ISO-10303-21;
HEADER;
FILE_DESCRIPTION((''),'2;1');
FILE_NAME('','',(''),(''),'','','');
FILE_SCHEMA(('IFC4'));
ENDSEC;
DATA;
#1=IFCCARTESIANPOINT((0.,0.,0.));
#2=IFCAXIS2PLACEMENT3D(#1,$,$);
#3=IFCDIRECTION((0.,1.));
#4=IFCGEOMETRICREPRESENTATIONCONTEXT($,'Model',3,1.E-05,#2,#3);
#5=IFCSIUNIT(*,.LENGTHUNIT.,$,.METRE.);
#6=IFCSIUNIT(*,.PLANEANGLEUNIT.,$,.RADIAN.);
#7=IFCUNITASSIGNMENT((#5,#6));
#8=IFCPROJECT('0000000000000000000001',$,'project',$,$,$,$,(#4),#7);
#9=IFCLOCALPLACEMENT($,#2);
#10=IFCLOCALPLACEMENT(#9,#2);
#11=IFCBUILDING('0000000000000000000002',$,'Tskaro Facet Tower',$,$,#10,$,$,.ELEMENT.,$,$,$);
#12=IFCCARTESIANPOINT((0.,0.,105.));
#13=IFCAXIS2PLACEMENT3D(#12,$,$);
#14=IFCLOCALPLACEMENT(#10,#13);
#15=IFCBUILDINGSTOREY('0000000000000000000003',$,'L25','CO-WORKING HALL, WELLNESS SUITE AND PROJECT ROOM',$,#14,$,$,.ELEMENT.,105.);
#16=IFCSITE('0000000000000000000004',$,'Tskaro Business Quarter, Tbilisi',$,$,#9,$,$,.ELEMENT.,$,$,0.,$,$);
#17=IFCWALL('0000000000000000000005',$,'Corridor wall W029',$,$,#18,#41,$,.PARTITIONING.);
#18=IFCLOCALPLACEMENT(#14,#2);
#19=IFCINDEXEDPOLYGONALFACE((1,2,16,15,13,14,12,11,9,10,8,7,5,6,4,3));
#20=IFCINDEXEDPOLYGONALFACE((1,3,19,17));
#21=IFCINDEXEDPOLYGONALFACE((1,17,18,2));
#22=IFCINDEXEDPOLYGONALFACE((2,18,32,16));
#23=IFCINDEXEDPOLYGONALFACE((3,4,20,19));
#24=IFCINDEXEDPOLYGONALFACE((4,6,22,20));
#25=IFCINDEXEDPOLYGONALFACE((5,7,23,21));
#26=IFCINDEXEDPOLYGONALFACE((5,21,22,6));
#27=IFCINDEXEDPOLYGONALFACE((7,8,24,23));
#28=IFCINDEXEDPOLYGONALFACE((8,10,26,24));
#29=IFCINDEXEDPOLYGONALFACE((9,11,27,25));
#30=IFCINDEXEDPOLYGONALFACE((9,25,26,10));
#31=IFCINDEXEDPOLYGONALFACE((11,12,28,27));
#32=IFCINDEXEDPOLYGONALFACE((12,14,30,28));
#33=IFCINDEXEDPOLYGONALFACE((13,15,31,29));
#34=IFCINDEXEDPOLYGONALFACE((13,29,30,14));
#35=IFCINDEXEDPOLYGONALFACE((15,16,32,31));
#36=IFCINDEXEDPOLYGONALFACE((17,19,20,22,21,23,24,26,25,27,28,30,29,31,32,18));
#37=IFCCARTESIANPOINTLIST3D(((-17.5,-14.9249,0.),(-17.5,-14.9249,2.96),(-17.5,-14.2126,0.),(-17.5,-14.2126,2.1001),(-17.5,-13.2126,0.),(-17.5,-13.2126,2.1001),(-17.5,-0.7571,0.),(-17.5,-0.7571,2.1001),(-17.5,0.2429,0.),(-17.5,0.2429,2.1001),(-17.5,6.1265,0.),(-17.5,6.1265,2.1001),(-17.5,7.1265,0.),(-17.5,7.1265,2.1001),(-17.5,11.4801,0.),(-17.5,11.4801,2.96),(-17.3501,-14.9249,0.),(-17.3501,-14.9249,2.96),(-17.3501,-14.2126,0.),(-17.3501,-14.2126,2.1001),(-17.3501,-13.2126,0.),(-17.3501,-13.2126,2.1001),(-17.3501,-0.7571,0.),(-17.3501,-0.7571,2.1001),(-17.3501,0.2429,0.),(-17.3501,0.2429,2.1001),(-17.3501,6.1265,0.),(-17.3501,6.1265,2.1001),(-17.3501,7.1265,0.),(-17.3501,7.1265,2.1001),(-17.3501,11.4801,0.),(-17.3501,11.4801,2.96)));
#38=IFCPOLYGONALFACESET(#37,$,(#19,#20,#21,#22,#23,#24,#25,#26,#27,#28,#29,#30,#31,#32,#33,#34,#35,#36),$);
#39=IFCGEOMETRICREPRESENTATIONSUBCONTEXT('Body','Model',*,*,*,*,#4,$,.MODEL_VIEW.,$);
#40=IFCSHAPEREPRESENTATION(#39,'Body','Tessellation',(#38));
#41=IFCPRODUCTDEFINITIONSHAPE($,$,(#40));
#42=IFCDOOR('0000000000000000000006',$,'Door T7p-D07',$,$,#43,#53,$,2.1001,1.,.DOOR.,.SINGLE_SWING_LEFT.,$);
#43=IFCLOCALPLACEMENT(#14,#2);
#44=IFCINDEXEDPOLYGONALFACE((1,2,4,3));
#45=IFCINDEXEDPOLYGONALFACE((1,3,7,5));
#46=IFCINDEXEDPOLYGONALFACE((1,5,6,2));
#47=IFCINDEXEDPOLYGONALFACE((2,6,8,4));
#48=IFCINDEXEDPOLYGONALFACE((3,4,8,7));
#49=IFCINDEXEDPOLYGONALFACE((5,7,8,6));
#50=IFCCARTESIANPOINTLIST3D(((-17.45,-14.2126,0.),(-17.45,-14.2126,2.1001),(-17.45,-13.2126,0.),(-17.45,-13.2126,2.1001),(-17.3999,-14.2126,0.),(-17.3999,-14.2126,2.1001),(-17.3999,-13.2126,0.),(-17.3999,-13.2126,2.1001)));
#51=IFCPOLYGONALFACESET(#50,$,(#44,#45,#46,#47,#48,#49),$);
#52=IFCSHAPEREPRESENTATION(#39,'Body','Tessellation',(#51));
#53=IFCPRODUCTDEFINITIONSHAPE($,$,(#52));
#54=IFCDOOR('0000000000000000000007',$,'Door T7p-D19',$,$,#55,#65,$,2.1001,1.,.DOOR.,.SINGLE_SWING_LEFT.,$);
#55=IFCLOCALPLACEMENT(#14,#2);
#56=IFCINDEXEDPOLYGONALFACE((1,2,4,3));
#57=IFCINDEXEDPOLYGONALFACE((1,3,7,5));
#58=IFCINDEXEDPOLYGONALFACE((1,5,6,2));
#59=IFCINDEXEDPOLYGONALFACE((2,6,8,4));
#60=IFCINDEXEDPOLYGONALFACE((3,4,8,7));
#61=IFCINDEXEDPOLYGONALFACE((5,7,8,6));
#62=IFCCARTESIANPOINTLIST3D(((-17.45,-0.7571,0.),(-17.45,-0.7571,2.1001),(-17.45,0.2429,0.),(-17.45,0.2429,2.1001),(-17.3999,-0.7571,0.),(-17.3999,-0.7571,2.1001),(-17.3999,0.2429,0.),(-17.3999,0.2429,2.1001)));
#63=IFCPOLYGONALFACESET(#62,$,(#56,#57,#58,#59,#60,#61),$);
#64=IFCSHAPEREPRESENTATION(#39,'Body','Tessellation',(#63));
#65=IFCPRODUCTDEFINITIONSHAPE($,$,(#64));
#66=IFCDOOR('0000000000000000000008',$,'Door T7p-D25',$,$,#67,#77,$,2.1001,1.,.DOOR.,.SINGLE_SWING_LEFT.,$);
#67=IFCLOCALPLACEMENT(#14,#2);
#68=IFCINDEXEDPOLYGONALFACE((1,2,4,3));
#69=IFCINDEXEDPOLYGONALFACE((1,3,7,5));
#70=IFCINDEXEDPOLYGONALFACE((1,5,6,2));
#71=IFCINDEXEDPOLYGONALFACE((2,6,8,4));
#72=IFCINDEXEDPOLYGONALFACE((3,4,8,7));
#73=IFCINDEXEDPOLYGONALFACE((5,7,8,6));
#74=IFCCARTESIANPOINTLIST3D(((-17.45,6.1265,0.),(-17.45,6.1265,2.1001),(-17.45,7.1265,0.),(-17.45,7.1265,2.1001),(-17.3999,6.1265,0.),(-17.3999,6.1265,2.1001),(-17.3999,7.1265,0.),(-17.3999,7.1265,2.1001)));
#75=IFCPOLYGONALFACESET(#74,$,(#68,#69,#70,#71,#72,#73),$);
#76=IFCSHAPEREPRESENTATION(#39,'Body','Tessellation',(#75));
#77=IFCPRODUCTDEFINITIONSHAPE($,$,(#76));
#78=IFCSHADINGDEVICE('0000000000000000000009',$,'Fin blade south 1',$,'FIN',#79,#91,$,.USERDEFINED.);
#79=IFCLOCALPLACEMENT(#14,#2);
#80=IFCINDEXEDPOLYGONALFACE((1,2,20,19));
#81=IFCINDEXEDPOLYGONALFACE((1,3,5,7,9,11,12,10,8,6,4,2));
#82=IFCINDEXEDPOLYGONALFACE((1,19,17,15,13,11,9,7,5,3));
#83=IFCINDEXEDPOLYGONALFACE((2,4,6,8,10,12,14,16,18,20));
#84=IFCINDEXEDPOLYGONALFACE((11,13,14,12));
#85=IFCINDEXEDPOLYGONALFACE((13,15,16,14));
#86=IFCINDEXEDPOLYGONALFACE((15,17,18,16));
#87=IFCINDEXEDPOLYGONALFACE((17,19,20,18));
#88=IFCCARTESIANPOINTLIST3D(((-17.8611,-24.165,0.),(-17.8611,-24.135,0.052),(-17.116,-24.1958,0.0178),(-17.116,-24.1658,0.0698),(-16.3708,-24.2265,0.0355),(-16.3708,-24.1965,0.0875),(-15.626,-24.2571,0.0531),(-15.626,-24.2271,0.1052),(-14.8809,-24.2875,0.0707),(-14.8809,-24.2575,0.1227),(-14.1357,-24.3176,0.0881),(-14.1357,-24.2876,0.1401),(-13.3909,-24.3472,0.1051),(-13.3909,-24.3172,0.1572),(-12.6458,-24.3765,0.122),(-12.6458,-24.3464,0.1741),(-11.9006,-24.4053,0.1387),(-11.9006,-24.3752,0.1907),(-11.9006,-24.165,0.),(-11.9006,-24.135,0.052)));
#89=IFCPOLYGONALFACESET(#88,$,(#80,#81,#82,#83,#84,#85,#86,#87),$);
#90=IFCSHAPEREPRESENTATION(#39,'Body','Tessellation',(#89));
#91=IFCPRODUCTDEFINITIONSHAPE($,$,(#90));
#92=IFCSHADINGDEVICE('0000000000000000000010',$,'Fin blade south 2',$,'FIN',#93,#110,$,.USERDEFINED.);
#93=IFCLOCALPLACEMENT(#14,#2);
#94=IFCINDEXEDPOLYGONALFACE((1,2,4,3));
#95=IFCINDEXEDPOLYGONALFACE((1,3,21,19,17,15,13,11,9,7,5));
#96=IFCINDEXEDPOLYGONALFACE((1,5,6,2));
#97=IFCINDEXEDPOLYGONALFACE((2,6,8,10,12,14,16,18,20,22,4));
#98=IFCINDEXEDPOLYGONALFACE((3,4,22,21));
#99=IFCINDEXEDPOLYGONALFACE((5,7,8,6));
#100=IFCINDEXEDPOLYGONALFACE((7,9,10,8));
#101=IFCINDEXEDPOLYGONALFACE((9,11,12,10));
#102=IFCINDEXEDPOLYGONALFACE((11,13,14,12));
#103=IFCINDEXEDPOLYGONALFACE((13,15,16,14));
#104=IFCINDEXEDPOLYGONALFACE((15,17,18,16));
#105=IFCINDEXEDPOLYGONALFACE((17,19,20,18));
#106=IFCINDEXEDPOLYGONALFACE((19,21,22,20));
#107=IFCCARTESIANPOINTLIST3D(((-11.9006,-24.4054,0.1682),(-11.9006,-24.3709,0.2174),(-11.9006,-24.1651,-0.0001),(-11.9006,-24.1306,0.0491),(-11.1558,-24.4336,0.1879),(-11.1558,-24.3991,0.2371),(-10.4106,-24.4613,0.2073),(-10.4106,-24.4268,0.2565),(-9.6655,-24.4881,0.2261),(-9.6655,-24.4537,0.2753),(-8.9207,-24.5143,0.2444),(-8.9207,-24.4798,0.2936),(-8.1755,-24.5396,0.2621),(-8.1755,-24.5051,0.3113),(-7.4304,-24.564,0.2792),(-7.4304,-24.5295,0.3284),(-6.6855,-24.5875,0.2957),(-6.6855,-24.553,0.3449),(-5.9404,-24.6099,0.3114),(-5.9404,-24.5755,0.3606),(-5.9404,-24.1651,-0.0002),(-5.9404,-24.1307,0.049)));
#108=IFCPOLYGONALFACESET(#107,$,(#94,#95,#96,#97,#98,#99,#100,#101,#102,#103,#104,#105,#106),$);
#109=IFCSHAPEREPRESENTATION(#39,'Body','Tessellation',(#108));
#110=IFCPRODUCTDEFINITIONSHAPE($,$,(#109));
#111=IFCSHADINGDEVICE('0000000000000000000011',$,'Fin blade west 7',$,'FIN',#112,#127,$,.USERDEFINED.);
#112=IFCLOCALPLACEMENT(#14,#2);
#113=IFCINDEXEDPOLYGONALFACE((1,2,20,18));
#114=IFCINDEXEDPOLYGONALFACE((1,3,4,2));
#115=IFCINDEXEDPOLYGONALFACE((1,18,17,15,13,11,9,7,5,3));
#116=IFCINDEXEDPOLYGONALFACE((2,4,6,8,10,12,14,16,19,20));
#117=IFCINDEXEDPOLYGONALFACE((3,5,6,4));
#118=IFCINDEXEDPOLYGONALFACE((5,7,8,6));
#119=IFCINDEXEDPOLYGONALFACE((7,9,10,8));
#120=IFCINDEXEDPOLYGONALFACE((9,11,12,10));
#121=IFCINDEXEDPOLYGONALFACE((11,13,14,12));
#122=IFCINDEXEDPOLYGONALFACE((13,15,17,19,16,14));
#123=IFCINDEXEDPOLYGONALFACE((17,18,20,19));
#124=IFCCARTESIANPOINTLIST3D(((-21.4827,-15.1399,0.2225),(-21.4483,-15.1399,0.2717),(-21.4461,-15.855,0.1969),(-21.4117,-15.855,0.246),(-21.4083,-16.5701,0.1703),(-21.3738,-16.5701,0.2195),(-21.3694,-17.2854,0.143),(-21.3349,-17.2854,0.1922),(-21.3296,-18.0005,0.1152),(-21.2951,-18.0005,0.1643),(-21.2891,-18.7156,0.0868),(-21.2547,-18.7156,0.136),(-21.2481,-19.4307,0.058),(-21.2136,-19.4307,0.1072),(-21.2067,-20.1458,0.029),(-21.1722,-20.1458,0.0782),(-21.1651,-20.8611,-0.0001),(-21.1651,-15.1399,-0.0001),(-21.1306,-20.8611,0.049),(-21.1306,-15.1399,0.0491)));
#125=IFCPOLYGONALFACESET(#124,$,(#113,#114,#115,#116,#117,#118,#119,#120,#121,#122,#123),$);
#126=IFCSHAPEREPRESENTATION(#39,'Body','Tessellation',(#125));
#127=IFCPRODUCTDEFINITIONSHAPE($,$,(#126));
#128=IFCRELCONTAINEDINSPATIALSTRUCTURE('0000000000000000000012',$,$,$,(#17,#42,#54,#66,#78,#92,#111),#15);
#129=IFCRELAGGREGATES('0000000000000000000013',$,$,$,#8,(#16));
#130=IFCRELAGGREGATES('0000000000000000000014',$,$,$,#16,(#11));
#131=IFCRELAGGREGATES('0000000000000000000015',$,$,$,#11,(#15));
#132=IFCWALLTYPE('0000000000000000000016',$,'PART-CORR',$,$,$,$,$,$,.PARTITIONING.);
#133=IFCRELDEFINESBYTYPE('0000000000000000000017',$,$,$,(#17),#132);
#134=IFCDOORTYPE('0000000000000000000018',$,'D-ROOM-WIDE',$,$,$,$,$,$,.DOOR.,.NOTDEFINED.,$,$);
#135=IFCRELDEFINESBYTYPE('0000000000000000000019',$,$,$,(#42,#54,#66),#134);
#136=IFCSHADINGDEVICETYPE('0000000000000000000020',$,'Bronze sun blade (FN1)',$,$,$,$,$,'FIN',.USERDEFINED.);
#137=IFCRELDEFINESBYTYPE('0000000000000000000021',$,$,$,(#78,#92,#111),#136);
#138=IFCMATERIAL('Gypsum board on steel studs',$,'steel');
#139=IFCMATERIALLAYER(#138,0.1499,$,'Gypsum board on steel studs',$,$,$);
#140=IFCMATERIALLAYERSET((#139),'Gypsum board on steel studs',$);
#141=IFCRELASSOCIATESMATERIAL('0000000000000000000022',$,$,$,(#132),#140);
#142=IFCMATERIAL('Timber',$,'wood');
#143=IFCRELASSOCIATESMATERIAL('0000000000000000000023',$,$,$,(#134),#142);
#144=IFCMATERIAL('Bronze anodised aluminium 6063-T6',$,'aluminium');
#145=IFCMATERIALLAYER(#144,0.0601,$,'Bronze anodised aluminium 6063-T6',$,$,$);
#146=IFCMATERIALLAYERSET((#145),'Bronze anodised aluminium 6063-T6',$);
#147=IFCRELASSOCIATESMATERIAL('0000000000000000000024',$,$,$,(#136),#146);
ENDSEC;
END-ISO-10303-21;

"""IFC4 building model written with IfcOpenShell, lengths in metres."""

from ifc_helpers import new_model, si_unit, direction, frame, frame_2d, origin, place, context, subcontext, project, spatial, polyline, rectangle, outline, extrude, material, layer, layer_set, type_object, element, fill, save


model = new_model("IFC4")

# Units and contexts
model_context = context("Model", 3, precision=1e-05, world=origin(), true_north=direction((0.0, 1.0)))
body_context = subcontext(model_context, "Body", "Model", "MODEL_VIEW")
ifc_project = project(units=[si_unit("LENGTHUNIT", "METRE"), si_unit("PLANEANGLEUNIT", "RADIAN")], contexts=[model_context])

# Site, building, storey
site_placement = place(None, origin())
site = spatial("IfcSite", under=ifc_project, at=site_placement, Name="Tskaro Business Quarter, Tbilisi", CompositionType="ELEMENT", RefElevation=0.0)
building_placement = place(site_placement, origin())
building = spatial("IfcBuilding", under=site, at=building_placement, Name="Tskaro Facet Tower", CompositionType="ELEMENT")
storey_placement = place(building_placement, frame((0.0, 0.0, 105.0)))
storey = spatial("IfcBuildingStorey", under=building, at=storey_placement, Name="L25", Description="CO-WORKING HALL, WELLNESS SUITE AND PROJECT ROOM", CompositionType="ELEMENT", Elevation=105.0)

# Shared definitions
ifc_material_1 = material(Name="Bronze anodised aluminium 6063-T6", Category="aluminium")

# Shared definitions
ifc_material_2 = material(Name="Gypsum board on steel studs", Category="steel")
ifc_material_3 = material(Name="Timber", Category="wood")

# Wall, openings, doors
ifc_layer_1 = layer(ifc_material_2, 0.1499, Name="Gypsum board on steel studs")
ifc_layer_set_1 = layer_set([ifc_layer_1], Name="Gypsum board on steel studs")
wall_type_1 = type_object("IfcWallType", Name="PART-CORR", PredefinedType="PARTITIONING", material=ifc_layer_set_1)
wall_1_placement = place(storey_placement, frame((-17.425, -14.925, 0.0), z_axis=(0.0, 0.0, 1.0), x_axis=(0.0, 1.0, 0.0)))
wall_1 = element("IfcWall", 1, at=wall_1_placement, inside=storey, type_object=wall_type_1, Name="Corridor wall W029", PredefinedType="PARTITIONING", context=body_context, shape_type="SweptSolid", body=[
    extrude(rectangle(XDim=26.405, YDim=0.1499, at=frame_2d((13.2026, 0.0))), origin(), (0.0, 0.0, 1.0), 2.96),
])
opening_1_placement = place(wall_1_placement, frame((0.7124, 0.0, 0.0)))
opening_1 = element("IfcOpeningElement", 2, at=opening_1_placement, cuts=wall_1, PredefinedType="OPENING", context=body_context, shape_type="SweptSolid", body=[
    extrude(rectangle(XDim=1.0, YDim=2.1001, at=frame_2d((0.5, 1.05))), frame((0.0, 0.085, 0.0), z_axis=(0.0, -1.0, 0.0), x_axis=(1.0, 0.0, 0.0)), (0.0, 0.0, 1.0), 0.1699),
])
opening_2_placement = place(wall_1_placement, frame((14.168, 0.0, 0.0)))
opening_2 = element("IfcOpeningElement", 3, at=opening_2_placement, cuts=wall_1, PredefinedType="OPENING", context=body_context, shape_type="SweptSolid", body=[
    extrude(rectangle(XDim=1.0, YDim=2.1001, at=frame_2d((0.5, 1.05))), frame((0.0, 0.085, 0.0), z_axis=(0.0, -1.0, 0.0), x_axis=(1.0, 0.0, 0.0)), (0.0, 0.0, 1.0), 0.1699),
])
opening_3_placement = place(wall_1_placement, frame((21.0515, 0.0, 0.0)))
opening_3 = element("IfcOpeningElement", 4, at=opening_3_placement, cuts=wall_1, PredefinedType="OPENING", context=body_context, shape_type="SweptSolid", body=[
    extrude(rectangle(XDim=1.0, YDim=2.1001, at=frame_2d((0.5, 1.05))), frame((0.0, 0.085, 0.0), z_axis=(0.0, -1.0, 0.0), x_axis=(1.0, 0.0, 0.0)), (0.0, 0.0, 1.0), 0.1699),
])
door_type_1 = type_object("IfcDoorType", Name="D-ROOM-WIDE", OperationType="NOTDEFINED", PredefinedType="DOOR", material=ifc_material_3)
door_1_placement = place(opening_1_placement, origin())
door_1 = element("IfcDoor", 5, at=door_1_placement, inside=storey, type_object=door_type_1, Name="Door T7p-D07", OperationType="SINGLE_SWING_LEFT", OverallHeight=2.1001, OverallWidth=1.0, PredefinedType="DOOR", context=body_context, shape_type="SweptSolid", body=[
    extrude(rectangle(XDim=1.0, YDim=2.1001, at=frame_2d((0.5, 1.05))), frame((0.0, 0.0249, 0.0), z_axis=(0.0, -1.0, 0.0), x_axis=(1.0, 0.0, 0.0)), (0.0, 0.0, 1.0), 0.05),
])
fill(opening_1, door_1)
door_2_placement = place(opening_2_placement, origin())
door_2 = element("IfcDoor", 6, at=door_2_placement, inside=storey, type_object=door_type_1, Name="Door T7p-D19", OperationType="SINGLE_SWING_LEFT", OverallHeight=2.1001, OverallWidth=1.0, PredefinedType="DOOR", context=body_context, shape_type="SweptSolid", body=[
    extrude(rectangle(XDim=1.0, YDim=2.1001, at=frame_2d((0.5, 1.05))), frame((0.0, 0.0249, 0.0), z_axis=(0.0, -1.0, 0.0), x_axis=(1.0, 0.0, 0.0)), (0.0, 0.0, 1.0), 0.05),
])
fill(opening_2, door_2)
door_3_placement = place(opening_3_placement, origin())
door_3 = element("IfcDoor", 7, at=door_3_placement, inside=storey, type_object=door_type_1, Name="Door T7p-D25", OperationType="SINGLE_SWING_LEFT", OverallHeight=2.1001, OverallWidth=1.0, PredefinedType="DOOR", context=body_context, shape_type="SweptSolid", body=[
    extrude(rectangle(XDim=1.0, YDim=2.1001, at=frame_2d((0.5, 1.05))), frame((0.0, 0.0249, 0.0), z_axis=(0.0, -1.0, 0.0), x_axis=(1.0, 0.0, 0.0)), (0.0, 0.0, 1.0), 0.05),
])
fill(opening_3, door_3)

# Shading devices
ifc_layer_2 = layer(ifc_material_1, 0.0601, Name="Bronze anodised aluminium 6063-T6")
ifc_layer_set_2 = layer_set([ifc_layer_2], Name="Bronze anodised aluminium 6063-T6")
shading_device_type = type_object("IfcShadingDeviceType", Name="Bronze sun blade (FN1)", ElementType="FIN", PredefinedType="USERDEFINED", material=ifc_layer_set_2)
shading_device_1_placement = place(storey_placement, frame((-17.8611, -24.135, 0.052), z_axis=(0.000001, 0.499948, 0.866055), x_axis=(1.0, -0.000001, -0.000001)))
element("IfcShadingDevice", 8, at=shading_device_1_placement, inside=storey, type_object=shading_device_type, Name="Fin blade south 1", ObjectType="FIN", PredefinedType="USERDEFINED", context=body_context, shape_type="SweptSolid", body=[
    extrude(outline(polyline([(0.0, 0.0), (5.9604, 0.0), (5.9604, -0.2774), (5.2153, -0.2441), (4.4702, -0.2103), (3.7253, -0.1762), (2.9802, -0.1414), (2.2351, -0.1063), (1.4902, -0.071), (0.7451, -0.0356), (0.0, 0.0)])), origin(), (0.0, 0.0, -1.0), 0.0601),
])
shading_device_2_placement = place(storey_placement, frame((-11.9006, -24.1306, 0.0491), z_axis=(0.000014, 0.573709, 0.819059), x_axis=(1.0, -0.000008, -0.000011)))
element("IfcShadingDevice", 9, at=shading_device_2_placement, inside=storey, type_object=shading_device_type, Name="Fin blade south 2", ObjectType="FIN", PredefinedType="USERDEFINED", context=body_context, shape_type="SweptSolid", body=[
    extrude(outline(polyline([(0.0, 0.0), (5.9602, 0.0), (5.9602, -0.5431), (5.2151, -0.5157), (4.4702, -0.487), (3.7251, -0.4572), (2.98, -0.4263), (2.2351, -0.3944), (1.49, -0.3616), (0.7449, -0.3278), (0.0, -0.2934), (0.0, 0.0)])), origin(), (0.0, 0.0, -1.0), 0.0601),
])
shading_device_3_placement = place(storey_placement, frame((-21.1306, -15.1399, 0.0491), z_axis=(0.573921, -0.000007, 0.81891), x_axis=(-0.000004, -1.0, -0.000006)))
element("IfcShadingDevice", 10, at=shading_device_3_placement, inside=storey, type_object=shading_device_type, Name="Fin blade west 7", ObjectType="FIN", PredefinedType="USERDEFINED", context=body_context, shape_type="SweptSolid", body=[
    extrude(outline(polyline([(0.0, 0.0), (5.7212, 0.0), (5.0059, -0.0508), (4.2908, -0.1013), (3.5757, -0.1514), (2.8606, -0.2009), (2.1455, -0.2494), (1.4302, -0.2969), (0.7151, -0.3432), (0.0, -0.3879), (0.0, 0.0)])), origin(), (0.0, 0.0, -1.0), 0.0601),
])

save(model, "model.ifc")
